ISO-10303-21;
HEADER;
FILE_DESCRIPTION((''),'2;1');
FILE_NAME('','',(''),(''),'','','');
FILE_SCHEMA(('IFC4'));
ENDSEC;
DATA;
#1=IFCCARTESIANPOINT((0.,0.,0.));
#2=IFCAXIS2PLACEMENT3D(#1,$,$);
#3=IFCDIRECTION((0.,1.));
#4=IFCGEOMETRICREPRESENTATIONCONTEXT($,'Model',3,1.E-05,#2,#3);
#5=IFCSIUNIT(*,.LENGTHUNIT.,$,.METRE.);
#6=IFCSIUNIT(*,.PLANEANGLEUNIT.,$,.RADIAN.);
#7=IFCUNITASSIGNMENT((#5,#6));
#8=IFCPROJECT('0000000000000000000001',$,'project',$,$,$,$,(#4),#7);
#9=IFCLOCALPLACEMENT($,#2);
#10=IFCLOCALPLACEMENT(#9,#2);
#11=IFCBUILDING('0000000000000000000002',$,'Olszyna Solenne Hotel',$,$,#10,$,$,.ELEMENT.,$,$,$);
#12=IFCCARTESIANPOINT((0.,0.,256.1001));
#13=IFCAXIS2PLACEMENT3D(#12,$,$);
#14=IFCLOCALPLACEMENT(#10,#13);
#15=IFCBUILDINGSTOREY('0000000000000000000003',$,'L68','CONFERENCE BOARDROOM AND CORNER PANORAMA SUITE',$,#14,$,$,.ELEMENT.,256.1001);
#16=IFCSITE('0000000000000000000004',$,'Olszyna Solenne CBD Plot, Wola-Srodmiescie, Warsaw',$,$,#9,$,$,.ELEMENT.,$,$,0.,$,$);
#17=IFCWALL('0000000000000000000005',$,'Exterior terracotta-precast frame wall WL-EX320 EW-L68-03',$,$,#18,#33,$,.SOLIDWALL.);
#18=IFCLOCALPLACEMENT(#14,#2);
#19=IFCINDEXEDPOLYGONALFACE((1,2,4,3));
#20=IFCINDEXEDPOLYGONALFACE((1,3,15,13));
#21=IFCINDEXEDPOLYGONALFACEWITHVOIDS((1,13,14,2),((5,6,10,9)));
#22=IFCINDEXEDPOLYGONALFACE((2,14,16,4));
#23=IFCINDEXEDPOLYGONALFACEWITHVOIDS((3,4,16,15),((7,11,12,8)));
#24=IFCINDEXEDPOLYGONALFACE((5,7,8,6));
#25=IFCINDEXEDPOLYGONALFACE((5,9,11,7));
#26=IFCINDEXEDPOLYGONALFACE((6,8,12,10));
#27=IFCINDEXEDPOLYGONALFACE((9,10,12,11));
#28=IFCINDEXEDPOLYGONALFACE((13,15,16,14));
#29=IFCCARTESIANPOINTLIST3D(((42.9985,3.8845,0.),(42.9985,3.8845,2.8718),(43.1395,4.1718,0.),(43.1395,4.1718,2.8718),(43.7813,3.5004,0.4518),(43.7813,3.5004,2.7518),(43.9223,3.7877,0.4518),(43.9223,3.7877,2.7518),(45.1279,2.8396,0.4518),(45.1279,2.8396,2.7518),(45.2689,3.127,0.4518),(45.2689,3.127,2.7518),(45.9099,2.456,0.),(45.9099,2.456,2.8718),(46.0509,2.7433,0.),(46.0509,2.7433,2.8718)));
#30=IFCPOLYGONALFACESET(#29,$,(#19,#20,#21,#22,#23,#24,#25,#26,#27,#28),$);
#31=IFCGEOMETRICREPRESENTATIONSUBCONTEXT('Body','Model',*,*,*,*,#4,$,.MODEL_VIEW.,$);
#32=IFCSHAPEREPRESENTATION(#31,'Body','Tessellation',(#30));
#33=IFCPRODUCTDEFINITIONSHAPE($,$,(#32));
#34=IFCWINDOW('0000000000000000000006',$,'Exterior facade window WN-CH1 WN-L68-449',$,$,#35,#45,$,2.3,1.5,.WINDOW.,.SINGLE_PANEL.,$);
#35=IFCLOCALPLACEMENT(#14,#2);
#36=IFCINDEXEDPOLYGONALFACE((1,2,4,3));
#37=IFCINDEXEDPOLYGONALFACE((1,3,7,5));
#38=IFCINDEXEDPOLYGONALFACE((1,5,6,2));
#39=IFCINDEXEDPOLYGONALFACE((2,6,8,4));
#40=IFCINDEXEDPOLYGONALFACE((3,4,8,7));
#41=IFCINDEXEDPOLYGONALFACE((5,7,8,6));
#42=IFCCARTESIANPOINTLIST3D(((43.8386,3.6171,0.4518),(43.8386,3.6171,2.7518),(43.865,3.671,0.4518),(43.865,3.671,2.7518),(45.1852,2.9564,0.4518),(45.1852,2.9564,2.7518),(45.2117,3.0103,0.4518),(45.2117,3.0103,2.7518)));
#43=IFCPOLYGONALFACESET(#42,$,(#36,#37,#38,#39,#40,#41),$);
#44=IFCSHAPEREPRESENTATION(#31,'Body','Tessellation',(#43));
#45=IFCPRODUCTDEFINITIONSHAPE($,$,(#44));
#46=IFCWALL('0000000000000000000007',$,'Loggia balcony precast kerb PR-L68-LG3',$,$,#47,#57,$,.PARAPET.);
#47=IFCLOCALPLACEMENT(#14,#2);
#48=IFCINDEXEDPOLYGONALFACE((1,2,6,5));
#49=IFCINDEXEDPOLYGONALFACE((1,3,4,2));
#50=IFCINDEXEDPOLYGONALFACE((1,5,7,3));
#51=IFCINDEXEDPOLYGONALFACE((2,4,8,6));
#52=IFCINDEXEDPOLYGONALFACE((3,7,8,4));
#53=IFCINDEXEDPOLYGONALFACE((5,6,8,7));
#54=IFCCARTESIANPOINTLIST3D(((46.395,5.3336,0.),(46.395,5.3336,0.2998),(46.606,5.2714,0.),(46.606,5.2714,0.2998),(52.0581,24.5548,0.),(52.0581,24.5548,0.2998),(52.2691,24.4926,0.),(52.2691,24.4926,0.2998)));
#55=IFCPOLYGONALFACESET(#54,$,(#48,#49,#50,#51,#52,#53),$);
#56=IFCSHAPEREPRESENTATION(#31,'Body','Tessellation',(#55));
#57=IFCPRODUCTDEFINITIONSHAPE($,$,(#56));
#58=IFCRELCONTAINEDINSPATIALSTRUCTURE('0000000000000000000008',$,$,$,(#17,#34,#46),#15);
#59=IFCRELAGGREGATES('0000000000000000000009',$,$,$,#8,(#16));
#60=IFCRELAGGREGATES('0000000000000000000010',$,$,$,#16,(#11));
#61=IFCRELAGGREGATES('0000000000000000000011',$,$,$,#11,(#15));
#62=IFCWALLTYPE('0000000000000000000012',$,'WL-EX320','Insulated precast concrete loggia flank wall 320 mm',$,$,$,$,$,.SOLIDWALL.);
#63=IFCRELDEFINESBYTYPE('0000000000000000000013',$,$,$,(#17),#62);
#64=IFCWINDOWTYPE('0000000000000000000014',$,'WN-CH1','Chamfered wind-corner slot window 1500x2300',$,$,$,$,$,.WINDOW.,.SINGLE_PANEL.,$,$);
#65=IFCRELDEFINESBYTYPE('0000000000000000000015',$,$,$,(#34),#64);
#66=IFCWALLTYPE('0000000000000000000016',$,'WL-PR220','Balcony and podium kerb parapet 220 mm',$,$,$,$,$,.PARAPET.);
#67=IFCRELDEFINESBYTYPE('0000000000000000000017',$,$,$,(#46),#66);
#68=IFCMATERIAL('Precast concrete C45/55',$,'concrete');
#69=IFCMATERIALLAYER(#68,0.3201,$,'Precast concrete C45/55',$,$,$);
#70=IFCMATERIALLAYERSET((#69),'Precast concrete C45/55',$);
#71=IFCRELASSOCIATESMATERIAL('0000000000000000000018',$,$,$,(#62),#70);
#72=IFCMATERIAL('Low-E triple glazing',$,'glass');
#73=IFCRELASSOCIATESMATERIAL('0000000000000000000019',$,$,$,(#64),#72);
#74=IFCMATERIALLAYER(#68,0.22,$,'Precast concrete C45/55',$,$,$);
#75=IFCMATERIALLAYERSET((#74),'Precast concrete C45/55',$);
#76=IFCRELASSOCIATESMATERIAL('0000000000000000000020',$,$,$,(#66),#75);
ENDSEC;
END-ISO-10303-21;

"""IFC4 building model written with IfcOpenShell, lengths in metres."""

from ifc_helpers import new_model, si_unit, direction, frame, frame_2d, origin, place, context, subcontext, project, spatial, rectangle, extrude, source, transform, mapped, material, layer, layer_set, type_object, type_shapes, element, fill, save


model = new_model("IFC4")

# Units and contexts
model_context = context("Model", 3, precision=1e-05, world=origin(), true_north=direction((0.0, 1.0)))
body_context = subcontext(model_context, "Body", "Model", "MODEL_VIEW")
ifc_project = project(units=[si_unit("LENGTHUNIT", "METRE"), si_unit("PLANEANGLEUNIT", "RADIAN")], contexts=[model_context])

# Site, building, storey
site_placement = place(None, origin())
site = spatial("IfcSite", under=ifc_project, at=site_placement, Name="Olszyna Solenne CBD Plot, Wola-Srodmiescie, Warsaw", CompositionType="ELEMENT", RefElevation=0.0)
building_placement = place(site_placement, origin())
building = spatial("IfcBuilding", under=site, at=building_placement, Name="Olszyna Solenne Hotel", CompositionType="ELEMENT")
storey_placement = place(building_placement, frame((0.0, 0.0, 256.1001)))
storey = spatial("IfcBuildingStorey", under=building, at=storey_placement, Name="L68", Description="CONFERENCE BOARDROOM AND CORNER PANORAMA SUITE", CompositionType="ELEMENT", Elevation=256.1001)

# Shared definitions
ifc_material_1 = material(Name="Low-E triple glazing", Category="glass")

# Shared definitions
ifc_material_2 = material(Name="Precast concrete C45/55", Category="concrete")
ifc_layer_1 = layer(ifc_material_2, 0.3201, Name="Precast concrete C45/55")
ifc_layer_set_1 = layer_set([ifc_layer_1], Name="Precast concrete C45/55")
wall_type_1 = type_object("IfcWallType", Name="WL-EX320", Description="Insulated precast concrete loggia flank wall 320 mm", PredefinedType="SOLIDWALL", material=ifc_layer_set_1)

# Wall, opening, window
wall_1_placement = place(storey_placement, frame((45.9805, 2.5996, 0.0), z_axis=(0.0, 0.0, 1.0), x_axis=(-0.89776, 0.440486, 0.0)))
wall_1 = element("IfcWall", 1, at=wall_1_placement, inside=storey, type_object=wall_type_1, Name="Exterior terracotta-precast frame wall WL-EX320 EW-L68-03", PredefinedType="SOLIDWALL", context=body_context, shape_type="SweptSolid", body=[
    extrude(rectangle(XDim=3.2429, YDim=0.3201, at=frame_2d((1.6216, 0.0))), origin(), (0.0, 0.0, 1.0), 2.8718),
])
opening_placement = place(wall_1_placement, frame((0.8711, 0.0, 0.4519)))
opening = element("IfcOpeningElement", 2, at=opening_placement, cuts=wall_1, PredefinedType="OPENING", context=body_context, shape_type="SweptSolid", body=[
    extrude(rectangle(XDim=1.5, YDim=2.3, at=frame_2d((0.75, 1.1499))), frame((0.0, 0.1699, 0.0), z_axis=(0.0, -1.0, 0.0), x_axis=(1.0, 0.0, 0.0)), (0.0, 0.0, 1.0), 0.3401),
])
window_type = type_object("IfcWindowType", Name="WN-CH1", Description="Chamfered wind-corner slot window 1500x2300", PartitioningType="SINGLE_PANEL", PredefinedType="WINDOW", material=ifc_material_1)
shared_shape_1 = source(origin(), body_context, "Body", "SweptSolid", [
    extrude(rectangle(XDim=1.5, YDim=2.3, at=frame_2d((0.75, 1.1499))), frame((0.0, 0.03, 0.0), z_axis=(0.0, -1.0, 0.0), x_axis=(1.0, 0.0, 0.0)), (0.0, 0.0, 1.0), 0.0601),
])
type_shapes(window_type, [shared_shape_1])
window_placement = place(opening_placement, origin())
window = element("IfcWindow", 3, at=window_placement, inside=storey, type_object=window_type, Name="Exterior facade window WN-CH1 WN-L68-449", OverallHeight=2.3, OverallWidth=1.5, PartitioningType="SINGLE_PANEL", PredefinedType="WINDOW", context=body_context, shape_type="MappedRepresentation", body=[
    mapped(shared_shape_1, transform((0.0, 0.0, 0.0), x_axis=(1.0, 0.0, 0.0), y_axis=(0.0, 1.0, 0.0), z_axis=(0.0, 0.0, 1.0), scale=1.0)),
])
fill(opening, window)

# Wall
ifc_layer_2 = layer(ifc_material_2, 0.22, Name="Precast concrete C45/55")
ifc_layer_set_2 = layer_set([ifc_layer_2], Name="Precast concrete C45/55")
wall_type_2 = type_object("IfcWallType", Name="WL-PR220", Description="Balcony and podium kerb parapet 220 mm", PredefinedType="PARAPET", material=ifc_layer_set_2)
wall_2_placement = place(storey_placement, frame((46.5005, 5.3025, 0.0), z_axis=(0.0, 0.0, 1.0), x_axis=(0.282616, 0.959233, 0.0)))
element("IfcWall", 4, at=wall_2_placement, inside=storey, type_object=wall_type_2, Name="Loggia balcony precast kerb PR-L68-LG3", PredefinedType="PARAPET", context=body_context, shape_type="SweptSolid", body=[
    extrude(rectangle(XDim=20.0381, YDim=0.22, at=frame_2d((10.019, 0.0))), origin(), (0.0, 0.0, 1.0), 0.2998),
])

save(model, "model.ifc")
